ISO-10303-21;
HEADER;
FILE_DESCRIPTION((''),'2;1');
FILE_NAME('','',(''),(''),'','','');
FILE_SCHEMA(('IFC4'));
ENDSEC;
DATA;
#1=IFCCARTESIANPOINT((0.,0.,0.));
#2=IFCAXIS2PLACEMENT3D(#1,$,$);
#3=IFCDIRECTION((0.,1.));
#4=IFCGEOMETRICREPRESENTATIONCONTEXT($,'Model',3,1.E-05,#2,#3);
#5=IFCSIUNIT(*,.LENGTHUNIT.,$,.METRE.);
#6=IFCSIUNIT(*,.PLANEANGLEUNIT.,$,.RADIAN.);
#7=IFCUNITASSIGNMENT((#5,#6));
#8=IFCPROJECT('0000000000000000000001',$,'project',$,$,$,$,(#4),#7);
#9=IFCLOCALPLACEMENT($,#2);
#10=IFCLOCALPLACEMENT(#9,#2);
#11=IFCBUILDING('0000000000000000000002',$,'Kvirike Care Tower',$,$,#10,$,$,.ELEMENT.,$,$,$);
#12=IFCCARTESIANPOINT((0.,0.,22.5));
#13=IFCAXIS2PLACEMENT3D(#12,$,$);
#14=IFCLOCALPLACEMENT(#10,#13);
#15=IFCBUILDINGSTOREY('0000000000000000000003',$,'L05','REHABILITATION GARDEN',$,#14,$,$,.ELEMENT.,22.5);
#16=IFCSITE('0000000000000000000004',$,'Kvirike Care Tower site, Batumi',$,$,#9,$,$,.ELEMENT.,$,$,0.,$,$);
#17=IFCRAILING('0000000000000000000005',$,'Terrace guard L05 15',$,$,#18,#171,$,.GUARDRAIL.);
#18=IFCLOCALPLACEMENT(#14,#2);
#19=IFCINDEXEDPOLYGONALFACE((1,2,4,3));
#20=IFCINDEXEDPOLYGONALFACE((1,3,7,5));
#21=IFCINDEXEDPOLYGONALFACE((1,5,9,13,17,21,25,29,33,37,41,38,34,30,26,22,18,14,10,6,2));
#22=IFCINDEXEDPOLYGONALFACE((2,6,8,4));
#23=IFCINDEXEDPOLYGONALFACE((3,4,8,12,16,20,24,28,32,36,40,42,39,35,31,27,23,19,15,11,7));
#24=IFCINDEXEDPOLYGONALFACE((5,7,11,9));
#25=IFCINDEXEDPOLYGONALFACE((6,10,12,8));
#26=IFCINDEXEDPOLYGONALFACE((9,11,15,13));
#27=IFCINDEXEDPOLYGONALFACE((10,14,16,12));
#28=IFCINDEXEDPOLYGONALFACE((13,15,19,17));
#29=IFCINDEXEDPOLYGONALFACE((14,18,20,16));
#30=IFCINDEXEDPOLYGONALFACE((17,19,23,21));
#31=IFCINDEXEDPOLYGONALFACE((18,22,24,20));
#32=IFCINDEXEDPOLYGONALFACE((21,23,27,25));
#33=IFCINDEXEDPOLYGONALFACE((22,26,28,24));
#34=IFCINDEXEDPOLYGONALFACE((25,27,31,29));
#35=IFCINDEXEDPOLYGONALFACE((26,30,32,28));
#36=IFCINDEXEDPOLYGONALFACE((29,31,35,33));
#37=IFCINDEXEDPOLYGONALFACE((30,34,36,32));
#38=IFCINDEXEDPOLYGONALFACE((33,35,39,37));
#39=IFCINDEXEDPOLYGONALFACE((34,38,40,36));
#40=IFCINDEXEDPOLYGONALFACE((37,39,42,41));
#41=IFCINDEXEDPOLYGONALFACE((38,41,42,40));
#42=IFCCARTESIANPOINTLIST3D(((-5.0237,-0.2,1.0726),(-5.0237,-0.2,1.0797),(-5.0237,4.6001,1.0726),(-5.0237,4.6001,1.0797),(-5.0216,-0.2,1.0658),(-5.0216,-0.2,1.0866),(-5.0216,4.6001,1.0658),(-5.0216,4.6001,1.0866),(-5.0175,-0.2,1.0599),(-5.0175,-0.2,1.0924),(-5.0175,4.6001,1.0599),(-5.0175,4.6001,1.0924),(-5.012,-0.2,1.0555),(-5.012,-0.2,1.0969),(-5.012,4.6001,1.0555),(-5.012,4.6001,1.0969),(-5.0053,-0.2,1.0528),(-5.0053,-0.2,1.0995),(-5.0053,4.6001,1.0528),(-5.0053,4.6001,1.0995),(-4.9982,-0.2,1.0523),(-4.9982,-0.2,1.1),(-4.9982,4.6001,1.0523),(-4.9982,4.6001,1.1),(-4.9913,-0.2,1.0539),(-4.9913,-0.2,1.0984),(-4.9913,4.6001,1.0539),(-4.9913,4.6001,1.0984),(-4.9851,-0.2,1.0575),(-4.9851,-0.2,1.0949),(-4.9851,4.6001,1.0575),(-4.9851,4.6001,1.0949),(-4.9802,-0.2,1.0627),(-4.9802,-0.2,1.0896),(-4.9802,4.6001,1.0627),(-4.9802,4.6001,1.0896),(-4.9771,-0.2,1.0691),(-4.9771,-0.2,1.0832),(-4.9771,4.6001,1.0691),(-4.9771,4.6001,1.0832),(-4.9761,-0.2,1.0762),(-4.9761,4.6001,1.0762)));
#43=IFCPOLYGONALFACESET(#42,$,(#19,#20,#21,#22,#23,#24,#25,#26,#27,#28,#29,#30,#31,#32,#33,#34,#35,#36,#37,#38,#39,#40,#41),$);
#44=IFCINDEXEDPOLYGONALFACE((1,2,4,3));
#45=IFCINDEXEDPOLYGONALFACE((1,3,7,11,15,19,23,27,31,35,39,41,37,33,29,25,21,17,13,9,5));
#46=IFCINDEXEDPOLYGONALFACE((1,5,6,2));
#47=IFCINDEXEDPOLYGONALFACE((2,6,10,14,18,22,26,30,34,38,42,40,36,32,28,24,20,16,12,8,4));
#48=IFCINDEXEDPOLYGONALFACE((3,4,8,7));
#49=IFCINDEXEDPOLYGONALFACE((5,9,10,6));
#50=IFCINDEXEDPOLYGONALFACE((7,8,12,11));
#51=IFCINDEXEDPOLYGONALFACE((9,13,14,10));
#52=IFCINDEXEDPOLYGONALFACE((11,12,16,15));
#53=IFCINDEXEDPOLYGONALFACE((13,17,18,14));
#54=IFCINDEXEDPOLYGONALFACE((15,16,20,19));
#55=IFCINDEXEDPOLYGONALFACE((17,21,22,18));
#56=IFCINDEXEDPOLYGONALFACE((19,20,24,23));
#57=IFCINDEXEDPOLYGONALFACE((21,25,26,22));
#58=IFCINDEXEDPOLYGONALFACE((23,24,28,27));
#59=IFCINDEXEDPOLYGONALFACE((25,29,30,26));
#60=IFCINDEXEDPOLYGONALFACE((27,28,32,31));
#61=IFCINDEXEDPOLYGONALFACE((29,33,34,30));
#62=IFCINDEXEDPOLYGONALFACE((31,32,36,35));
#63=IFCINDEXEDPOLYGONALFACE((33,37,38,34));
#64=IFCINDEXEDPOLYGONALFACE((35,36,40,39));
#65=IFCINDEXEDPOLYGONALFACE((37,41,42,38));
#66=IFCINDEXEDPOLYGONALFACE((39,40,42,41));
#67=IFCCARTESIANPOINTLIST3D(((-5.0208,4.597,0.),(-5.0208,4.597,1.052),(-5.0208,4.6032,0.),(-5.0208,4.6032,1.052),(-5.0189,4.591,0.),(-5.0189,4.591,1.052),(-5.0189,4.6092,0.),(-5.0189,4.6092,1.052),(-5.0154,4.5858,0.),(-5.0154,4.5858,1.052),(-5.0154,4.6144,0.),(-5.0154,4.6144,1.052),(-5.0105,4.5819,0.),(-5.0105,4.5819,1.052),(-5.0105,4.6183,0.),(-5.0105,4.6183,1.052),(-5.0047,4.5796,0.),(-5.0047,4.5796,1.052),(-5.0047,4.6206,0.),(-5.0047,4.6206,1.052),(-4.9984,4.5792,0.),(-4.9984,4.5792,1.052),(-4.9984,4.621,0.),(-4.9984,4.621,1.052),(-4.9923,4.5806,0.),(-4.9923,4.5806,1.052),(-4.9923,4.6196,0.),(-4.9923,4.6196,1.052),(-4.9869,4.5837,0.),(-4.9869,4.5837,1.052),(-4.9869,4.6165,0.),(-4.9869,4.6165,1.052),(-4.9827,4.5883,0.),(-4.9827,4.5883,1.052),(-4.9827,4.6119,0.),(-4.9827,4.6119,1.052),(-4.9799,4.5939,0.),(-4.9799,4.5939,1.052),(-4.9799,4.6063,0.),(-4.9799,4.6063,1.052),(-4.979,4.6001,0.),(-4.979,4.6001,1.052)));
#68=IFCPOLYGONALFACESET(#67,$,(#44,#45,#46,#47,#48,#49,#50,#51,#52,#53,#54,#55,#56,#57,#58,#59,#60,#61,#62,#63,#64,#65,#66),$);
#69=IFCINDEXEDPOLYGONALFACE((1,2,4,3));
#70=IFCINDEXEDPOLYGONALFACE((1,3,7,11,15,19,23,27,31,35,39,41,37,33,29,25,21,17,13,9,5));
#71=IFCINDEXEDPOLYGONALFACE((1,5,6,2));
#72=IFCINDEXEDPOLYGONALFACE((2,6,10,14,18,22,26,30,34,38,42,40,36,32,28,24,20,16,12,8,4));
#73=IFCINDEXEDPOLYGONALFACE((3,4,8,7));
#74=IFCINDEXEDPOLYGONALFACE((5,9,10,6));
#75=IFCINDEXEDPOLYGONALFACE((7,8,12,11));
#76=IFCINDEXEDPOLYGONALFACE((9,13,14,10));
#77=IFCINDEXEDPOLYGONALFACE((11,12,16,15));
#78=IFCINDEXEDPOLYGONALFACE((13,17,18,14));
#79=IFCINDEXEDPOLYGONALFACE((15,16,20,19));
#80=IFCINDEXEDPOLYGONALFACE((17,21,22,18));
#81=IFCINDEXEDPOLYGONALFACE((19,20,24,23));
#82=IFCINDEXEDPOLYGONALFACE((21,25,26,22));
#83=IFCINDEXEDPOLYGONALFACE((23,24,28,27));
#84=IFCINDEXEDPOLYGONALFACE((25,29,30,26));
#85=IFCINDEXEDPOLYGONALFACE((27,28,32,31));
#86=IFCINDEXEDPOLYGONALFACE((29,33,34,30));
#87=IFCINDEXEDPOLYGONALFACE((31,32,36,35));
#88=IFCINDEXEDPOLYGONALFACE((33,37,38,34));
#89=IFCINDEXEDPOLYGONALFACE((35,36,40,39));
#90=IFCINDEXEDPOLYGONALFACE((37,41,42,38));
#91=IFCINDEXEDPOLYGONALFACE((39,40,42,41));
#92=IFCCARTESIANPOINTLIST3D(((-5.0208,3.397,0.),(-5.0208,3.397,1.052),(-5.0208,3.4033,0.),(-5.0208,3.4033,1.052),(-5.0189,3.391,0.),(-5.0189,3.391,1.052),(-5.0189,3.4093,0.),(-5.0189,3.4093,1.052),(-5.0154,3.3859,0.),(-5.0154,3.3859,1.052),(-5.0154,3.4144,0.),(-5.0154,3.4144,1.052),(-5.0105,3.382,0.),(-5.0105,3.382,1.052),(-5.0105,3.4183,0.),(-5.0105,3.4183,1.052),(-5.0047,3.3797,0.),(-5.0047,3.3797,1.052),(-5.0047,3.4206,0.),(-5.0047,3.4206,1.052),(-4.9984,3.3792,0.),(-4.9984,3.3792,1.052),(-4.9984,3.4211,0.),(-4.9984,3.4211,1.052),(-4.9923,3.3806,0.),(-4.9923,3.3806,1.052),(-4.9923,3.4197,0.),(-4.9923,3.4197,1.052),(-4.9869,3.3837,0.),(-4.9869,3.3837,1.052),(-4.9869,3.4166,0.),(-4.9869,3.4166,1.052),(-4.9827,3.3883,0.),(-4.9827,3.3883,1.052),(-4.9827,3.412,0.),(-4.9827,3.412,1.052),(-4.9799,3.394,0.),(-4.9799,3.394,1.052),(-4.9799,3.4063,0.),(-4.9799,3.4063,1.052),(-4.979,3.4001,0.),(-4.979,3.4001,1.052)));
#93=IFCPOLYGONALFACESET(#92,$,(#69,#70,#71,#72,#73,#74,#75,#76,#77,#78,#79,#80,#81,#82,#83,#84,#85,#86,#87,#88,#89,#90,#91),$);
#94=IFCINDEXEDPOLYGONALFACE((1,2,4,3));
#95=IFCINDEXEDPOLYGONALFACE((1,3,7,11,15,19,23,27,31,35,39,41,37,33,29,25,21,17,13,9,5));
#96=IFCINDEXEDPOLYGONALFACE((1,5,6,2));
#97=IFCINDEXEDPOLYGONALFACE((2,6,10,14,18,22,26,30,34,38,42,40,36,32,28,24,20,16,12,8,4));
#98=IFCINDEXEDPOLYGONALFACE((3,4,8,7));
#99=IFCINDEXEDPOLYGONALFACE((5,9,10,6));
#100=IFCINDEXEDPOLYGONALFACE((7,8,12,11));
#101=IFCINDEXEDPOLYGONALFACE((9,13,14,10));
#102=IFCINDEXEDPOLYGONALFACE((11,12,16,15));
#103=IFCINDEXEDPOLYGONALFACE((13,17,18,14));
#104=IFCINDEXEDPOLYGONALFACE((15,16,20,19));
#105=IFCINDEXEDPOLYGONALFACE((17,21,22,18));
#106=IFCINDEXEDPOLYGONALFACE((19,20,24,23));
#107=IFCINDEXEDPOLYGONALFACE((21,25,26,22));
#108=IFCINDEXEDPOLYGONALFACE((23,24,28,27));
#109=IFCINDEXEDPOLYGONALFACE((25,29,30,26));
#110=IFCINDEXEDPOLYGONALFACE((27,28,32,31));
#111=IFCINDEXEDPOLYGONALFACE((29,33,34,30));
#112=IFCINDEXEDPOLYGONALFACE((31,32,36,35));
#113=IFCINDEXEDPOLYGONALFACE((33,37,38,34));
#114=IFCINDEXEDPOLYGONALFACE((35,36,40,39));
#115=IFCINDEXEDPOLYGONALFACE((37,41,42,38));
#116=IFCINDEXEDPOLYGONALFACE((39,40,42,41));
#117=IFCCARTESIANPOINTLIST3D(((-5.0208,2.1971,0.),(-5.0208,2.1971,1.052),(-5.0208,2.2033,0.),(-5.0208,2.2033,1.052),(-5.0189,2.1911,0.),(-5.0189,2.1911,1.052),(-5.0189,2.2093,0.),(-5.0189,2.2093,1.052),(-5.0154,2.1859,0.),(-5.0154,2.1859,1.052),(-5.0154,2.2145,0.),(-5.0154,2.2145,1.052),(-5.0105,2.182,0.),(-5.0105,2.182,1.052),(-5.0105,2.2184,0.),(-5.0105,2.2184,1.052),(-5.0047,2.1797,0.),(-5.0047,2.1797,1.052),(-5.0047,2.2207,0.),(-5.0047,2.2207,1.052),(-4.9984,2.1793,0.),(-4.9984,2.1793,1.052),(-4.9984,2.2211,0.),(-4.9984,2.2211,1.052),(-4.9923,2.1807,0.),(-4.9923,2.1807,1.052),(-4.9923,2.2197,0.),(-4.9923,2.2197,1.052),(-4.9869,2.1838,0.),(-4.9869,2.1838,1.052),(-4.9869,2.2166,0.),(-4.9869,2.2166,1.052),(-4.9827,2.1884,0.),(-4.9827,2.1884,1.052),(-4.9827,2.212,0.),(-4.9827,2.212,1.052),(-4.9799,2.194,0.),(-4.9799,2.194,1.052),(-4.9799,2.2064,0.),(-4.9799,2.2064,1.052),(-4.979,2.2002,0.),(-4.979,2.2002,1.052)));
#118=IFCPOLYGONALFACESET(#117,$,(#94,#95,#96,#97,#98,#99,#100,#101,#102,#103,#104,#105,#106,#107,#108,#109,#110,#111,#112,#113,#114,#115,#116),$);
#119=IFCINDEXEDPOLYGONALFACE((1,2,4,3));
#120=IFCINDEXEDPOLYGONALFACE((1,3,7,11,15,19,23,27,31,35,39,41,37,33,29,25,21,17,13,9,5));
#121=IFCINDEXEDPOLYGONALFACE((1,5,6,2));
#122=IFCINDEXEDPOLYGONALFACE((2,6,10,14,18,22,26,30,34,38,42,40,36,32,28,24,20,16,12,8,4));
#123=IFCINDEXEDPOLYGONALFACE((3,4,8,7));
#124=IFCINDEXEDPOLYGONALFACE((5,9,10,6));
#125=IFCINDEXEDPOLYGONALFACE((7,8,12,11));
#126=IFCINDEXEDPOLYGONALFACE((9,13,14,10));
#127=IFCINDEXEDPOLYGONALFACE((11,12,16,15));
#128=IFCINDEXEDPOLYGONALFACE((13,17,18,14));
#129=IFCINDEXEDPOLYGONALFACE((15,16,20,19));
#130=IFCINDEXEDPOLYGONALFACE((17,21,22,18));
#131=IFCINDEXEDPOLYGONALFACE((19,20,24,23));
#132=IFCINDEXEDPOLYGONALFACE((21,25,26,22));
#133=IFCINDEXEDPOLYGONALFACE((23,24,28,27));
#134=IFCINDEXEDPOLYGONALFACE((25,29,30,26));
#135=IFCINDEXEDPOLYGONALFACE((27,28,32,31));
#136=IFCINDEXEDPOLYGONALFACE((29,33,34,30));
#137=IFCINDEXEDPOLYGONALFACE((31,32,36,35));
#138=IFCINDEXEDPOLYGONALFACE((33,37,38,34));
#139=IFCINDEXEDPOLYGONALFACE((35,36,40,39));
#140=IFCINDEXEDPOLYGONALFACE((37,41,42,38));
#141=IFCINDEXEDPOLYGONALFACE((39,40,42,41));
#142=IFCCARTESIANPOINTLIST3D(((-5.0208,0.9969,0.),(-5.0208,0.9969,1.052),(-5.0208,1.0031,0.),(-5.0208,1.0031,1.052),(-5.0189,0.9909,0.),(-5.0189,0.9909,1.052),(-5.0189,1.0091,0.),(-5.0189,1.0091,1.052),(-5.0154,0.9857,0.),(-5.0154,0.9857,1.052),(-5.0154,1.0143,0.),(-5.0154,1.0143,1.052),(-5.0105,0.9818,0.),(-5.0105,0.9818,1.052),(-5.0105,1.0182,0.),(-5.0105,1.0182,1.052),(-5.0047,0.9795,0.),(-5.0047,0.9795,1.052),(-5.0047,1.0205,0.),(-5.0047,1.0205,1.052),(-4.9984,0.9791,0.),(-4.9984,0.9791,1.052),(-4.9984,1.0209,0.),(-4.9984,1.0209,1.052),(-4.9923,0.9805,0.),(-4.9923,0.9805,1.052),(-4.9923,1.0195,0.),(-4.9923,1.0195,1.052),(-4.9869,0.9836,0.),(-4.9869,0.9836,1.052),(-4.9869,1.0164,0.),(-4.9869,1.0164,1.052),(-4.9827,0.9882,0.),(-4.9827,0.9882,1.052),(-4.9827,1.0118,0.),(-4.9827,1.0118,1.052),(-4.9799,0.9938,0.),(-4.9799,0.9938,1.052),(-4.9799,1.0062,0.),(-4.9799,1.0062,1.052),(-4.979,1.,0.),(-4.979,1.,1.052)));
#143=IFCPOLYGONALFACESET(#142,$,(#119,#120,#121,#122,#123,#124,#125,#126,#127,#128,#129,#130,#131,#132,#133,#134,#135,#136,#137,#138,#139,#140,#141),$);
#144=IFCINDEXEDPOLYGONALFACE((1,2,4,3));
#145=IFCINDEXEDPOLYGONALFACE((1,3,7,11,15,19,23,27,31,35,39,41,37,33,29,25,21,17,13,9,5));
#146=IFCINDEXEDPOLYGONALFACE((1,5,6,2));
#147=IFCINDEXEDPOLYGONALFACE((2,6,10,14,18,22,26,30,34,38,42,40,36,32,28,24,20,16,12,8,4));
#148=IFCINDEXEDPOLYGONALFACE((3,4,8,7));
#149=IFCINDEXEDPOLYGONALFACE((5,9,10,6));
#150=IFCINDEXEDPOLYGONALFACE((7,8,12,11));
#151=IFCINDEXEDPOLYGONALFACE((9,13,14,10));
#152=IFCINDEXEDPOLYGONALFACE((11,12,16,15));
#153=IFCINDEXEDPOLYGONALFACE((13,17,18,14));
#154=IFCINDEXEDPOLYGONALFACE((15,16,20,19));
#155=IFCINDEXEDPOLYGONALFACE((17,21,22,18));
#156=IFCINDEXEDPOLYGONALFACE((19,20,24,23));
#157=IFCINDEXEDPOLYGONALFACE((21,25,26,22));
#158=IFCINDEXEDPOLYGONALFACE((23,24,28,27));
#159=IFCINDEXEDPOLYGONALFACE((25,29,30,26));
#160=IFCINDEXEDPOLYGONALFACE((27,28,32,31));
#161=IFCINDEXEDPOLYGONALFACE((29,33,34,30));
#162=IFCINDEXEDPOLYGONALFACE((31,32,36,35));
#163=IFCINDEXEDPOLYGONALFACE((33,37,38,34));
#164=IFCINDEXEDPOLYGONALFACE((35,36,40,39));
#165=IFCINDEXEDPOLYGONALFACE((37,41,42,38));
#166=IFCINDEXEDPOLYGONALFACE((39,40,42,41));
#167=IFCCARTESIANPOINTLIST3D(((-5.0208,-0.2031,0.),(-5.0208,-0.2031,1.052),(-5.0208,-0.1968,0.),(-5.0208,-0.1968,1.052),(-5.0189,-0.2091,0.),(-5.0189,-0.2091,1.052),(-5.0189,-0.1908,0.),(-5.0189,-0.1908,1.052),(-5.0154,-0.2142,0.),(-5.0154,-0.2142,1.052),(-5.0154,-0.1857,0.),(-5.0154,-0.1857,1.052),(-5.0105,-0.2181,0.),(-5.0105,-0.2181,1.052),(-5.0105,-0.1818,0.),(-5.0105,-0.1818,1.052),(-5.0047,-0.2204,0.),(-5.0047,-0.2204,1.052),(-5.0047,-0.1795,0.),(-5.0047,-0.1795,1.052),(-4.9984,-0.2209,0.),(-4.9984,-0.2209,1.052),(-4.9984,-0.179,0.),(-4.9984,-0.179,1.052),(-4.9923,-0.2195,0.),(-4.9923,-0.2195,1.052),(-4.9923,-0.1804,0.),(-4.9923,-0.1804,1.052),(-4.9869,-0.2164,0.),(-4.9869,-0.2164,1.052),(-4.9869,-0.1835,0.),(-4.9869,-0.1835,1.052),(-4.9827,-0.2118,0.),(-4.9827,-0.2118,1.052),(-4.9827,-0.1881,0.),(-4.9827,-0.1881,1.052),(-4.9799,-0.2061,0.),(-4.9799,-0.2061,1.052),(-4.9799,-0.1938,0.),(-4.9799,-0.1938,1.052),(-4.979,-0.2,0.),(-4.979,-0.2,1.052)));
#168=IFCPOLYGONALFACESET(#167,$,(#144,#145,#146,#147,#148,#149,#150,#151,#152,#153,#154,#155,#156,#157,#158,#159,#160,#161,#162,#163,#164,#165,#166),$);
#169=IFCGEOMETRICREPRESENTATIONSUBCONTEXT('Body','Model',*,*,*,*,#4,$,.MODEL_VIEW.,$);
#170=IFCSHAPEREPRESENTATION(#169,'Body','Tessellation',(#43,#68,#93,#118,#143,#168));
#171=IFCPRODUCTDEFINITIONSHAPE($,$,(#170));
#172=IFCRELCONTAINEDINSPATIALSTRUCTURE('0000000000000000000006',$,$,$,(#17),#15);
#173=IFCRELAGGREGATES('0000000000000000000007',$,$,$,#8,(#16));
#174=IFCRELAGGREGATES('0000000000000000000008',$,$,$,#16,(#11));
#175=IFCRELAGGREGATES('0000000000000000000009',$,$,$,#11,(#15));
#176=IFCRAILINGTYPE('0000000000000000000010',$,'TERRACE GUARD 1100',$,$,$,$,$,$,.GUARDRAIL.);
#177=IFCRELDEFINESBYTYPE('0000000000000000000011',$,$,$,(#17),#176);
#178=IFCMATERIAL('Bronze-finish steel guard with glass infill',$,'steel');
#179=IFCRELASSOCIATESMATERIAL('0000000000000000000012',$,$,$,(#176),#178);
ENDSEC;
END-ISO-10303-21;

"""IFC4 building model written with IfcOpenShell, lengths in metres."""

from ifc_helpers import new_model, si_unit, direction, frame, origin, origin_2d, place, context, subcontext, project, spatial, circle, extrude, material, type_object, element, save


model = new_model("IFC4")

# Units and contexts
model_context = context("Model", 3, precision=1e-05, world=origin(), true_north=direction((0.0, 1.0)))
body_context = subcontext(model_context, "Body", "Model", "MODEL_VIEW")
ifc_project = project(units=[si_unit("LENGTHUNIT", "METRE"), si_unit("PLANEANGLEUNIT", "RADIAN")], contexts=[model_context])

# Site, building, storey
site_placement = place(None, origin())
site = spatial("IfcSite", under=ifc_project, at=site_placement, Name="Kvirike Care Tower site, Batumi", CompositionType="ELEMENT", RefElevation=0.0)
building_placement = place(site_placement, origin())
building = spatial("IfcBuilding", under=site, at=building_placement, Name="Kvirike Care Tower", CompositionType="ELEMENT")
storey_placement = place(building_placement, frame((0.0, 0.0, 22.5)))
storey = spatial("IfcBuildingStorey", under=building, at=storey_placement, Name="L05", Description="REHABILITATION GARDEN", CompositionType="ELEMENT", Elevation=22.5)

# Railing
ifc_material_1 = material(Name="Bronze-finish steel guard with glass infill", Category="steel")
railing_type_1 = type_object("IfcRailingType", Name="TERRACE GUARD 1100", PredefinedType="GUARDRAIL", material=ifc_material_1)
railing_1_placement = place(storey_placement, frame((-5.0, 4.6001, 0.0)))
element("IfcRailing", 1, at=railing_1_placement, inside=storey, type_object=railing_type_1, Name="Terrace guard L05 15", PredefinedType="GUARDRAIL", context=body_context, shape_type="SweptSolid", body=[
    extrude(circle(Radius=0.0239, at=origin_2d()), frame((0.0, 0.0, 1.0762), z_axis=(0.0, -1.0, 0.0), x_axis=(1.0, 0.0, 0.0)), (0.0, 0.0, 1.0), 4.8),
    extrude(circle(Radius=0.021, at=origin_2d()), origin(), (0.0, 0.0, 1.0), 1.052),
    extrude(circle(Radius=0.021, at=origin_2d()), frame((0.0, -1.2, 0.0)), (0.0, 0.0, 1.0), 1.052),
    extrude(circle(Radius=0.021, at=origin_2d()), frame((0.0, -2.3999, 0.0)), (0.0, 0.0, 1.0), 1.052),
    extrude(circle(Radius=0.021, at=origin_2d()), frame((0.0, -3.6001, 0.0)), (0.0, 0.0, 1.0), 1.052),
    extrude(circle(Radius=0.021, at=origin_2d()), frame((0.0, -4.8, 0.0)), (0.0, 0.0, 1.0), 1.052),
])

save(model, "model.ifc")
